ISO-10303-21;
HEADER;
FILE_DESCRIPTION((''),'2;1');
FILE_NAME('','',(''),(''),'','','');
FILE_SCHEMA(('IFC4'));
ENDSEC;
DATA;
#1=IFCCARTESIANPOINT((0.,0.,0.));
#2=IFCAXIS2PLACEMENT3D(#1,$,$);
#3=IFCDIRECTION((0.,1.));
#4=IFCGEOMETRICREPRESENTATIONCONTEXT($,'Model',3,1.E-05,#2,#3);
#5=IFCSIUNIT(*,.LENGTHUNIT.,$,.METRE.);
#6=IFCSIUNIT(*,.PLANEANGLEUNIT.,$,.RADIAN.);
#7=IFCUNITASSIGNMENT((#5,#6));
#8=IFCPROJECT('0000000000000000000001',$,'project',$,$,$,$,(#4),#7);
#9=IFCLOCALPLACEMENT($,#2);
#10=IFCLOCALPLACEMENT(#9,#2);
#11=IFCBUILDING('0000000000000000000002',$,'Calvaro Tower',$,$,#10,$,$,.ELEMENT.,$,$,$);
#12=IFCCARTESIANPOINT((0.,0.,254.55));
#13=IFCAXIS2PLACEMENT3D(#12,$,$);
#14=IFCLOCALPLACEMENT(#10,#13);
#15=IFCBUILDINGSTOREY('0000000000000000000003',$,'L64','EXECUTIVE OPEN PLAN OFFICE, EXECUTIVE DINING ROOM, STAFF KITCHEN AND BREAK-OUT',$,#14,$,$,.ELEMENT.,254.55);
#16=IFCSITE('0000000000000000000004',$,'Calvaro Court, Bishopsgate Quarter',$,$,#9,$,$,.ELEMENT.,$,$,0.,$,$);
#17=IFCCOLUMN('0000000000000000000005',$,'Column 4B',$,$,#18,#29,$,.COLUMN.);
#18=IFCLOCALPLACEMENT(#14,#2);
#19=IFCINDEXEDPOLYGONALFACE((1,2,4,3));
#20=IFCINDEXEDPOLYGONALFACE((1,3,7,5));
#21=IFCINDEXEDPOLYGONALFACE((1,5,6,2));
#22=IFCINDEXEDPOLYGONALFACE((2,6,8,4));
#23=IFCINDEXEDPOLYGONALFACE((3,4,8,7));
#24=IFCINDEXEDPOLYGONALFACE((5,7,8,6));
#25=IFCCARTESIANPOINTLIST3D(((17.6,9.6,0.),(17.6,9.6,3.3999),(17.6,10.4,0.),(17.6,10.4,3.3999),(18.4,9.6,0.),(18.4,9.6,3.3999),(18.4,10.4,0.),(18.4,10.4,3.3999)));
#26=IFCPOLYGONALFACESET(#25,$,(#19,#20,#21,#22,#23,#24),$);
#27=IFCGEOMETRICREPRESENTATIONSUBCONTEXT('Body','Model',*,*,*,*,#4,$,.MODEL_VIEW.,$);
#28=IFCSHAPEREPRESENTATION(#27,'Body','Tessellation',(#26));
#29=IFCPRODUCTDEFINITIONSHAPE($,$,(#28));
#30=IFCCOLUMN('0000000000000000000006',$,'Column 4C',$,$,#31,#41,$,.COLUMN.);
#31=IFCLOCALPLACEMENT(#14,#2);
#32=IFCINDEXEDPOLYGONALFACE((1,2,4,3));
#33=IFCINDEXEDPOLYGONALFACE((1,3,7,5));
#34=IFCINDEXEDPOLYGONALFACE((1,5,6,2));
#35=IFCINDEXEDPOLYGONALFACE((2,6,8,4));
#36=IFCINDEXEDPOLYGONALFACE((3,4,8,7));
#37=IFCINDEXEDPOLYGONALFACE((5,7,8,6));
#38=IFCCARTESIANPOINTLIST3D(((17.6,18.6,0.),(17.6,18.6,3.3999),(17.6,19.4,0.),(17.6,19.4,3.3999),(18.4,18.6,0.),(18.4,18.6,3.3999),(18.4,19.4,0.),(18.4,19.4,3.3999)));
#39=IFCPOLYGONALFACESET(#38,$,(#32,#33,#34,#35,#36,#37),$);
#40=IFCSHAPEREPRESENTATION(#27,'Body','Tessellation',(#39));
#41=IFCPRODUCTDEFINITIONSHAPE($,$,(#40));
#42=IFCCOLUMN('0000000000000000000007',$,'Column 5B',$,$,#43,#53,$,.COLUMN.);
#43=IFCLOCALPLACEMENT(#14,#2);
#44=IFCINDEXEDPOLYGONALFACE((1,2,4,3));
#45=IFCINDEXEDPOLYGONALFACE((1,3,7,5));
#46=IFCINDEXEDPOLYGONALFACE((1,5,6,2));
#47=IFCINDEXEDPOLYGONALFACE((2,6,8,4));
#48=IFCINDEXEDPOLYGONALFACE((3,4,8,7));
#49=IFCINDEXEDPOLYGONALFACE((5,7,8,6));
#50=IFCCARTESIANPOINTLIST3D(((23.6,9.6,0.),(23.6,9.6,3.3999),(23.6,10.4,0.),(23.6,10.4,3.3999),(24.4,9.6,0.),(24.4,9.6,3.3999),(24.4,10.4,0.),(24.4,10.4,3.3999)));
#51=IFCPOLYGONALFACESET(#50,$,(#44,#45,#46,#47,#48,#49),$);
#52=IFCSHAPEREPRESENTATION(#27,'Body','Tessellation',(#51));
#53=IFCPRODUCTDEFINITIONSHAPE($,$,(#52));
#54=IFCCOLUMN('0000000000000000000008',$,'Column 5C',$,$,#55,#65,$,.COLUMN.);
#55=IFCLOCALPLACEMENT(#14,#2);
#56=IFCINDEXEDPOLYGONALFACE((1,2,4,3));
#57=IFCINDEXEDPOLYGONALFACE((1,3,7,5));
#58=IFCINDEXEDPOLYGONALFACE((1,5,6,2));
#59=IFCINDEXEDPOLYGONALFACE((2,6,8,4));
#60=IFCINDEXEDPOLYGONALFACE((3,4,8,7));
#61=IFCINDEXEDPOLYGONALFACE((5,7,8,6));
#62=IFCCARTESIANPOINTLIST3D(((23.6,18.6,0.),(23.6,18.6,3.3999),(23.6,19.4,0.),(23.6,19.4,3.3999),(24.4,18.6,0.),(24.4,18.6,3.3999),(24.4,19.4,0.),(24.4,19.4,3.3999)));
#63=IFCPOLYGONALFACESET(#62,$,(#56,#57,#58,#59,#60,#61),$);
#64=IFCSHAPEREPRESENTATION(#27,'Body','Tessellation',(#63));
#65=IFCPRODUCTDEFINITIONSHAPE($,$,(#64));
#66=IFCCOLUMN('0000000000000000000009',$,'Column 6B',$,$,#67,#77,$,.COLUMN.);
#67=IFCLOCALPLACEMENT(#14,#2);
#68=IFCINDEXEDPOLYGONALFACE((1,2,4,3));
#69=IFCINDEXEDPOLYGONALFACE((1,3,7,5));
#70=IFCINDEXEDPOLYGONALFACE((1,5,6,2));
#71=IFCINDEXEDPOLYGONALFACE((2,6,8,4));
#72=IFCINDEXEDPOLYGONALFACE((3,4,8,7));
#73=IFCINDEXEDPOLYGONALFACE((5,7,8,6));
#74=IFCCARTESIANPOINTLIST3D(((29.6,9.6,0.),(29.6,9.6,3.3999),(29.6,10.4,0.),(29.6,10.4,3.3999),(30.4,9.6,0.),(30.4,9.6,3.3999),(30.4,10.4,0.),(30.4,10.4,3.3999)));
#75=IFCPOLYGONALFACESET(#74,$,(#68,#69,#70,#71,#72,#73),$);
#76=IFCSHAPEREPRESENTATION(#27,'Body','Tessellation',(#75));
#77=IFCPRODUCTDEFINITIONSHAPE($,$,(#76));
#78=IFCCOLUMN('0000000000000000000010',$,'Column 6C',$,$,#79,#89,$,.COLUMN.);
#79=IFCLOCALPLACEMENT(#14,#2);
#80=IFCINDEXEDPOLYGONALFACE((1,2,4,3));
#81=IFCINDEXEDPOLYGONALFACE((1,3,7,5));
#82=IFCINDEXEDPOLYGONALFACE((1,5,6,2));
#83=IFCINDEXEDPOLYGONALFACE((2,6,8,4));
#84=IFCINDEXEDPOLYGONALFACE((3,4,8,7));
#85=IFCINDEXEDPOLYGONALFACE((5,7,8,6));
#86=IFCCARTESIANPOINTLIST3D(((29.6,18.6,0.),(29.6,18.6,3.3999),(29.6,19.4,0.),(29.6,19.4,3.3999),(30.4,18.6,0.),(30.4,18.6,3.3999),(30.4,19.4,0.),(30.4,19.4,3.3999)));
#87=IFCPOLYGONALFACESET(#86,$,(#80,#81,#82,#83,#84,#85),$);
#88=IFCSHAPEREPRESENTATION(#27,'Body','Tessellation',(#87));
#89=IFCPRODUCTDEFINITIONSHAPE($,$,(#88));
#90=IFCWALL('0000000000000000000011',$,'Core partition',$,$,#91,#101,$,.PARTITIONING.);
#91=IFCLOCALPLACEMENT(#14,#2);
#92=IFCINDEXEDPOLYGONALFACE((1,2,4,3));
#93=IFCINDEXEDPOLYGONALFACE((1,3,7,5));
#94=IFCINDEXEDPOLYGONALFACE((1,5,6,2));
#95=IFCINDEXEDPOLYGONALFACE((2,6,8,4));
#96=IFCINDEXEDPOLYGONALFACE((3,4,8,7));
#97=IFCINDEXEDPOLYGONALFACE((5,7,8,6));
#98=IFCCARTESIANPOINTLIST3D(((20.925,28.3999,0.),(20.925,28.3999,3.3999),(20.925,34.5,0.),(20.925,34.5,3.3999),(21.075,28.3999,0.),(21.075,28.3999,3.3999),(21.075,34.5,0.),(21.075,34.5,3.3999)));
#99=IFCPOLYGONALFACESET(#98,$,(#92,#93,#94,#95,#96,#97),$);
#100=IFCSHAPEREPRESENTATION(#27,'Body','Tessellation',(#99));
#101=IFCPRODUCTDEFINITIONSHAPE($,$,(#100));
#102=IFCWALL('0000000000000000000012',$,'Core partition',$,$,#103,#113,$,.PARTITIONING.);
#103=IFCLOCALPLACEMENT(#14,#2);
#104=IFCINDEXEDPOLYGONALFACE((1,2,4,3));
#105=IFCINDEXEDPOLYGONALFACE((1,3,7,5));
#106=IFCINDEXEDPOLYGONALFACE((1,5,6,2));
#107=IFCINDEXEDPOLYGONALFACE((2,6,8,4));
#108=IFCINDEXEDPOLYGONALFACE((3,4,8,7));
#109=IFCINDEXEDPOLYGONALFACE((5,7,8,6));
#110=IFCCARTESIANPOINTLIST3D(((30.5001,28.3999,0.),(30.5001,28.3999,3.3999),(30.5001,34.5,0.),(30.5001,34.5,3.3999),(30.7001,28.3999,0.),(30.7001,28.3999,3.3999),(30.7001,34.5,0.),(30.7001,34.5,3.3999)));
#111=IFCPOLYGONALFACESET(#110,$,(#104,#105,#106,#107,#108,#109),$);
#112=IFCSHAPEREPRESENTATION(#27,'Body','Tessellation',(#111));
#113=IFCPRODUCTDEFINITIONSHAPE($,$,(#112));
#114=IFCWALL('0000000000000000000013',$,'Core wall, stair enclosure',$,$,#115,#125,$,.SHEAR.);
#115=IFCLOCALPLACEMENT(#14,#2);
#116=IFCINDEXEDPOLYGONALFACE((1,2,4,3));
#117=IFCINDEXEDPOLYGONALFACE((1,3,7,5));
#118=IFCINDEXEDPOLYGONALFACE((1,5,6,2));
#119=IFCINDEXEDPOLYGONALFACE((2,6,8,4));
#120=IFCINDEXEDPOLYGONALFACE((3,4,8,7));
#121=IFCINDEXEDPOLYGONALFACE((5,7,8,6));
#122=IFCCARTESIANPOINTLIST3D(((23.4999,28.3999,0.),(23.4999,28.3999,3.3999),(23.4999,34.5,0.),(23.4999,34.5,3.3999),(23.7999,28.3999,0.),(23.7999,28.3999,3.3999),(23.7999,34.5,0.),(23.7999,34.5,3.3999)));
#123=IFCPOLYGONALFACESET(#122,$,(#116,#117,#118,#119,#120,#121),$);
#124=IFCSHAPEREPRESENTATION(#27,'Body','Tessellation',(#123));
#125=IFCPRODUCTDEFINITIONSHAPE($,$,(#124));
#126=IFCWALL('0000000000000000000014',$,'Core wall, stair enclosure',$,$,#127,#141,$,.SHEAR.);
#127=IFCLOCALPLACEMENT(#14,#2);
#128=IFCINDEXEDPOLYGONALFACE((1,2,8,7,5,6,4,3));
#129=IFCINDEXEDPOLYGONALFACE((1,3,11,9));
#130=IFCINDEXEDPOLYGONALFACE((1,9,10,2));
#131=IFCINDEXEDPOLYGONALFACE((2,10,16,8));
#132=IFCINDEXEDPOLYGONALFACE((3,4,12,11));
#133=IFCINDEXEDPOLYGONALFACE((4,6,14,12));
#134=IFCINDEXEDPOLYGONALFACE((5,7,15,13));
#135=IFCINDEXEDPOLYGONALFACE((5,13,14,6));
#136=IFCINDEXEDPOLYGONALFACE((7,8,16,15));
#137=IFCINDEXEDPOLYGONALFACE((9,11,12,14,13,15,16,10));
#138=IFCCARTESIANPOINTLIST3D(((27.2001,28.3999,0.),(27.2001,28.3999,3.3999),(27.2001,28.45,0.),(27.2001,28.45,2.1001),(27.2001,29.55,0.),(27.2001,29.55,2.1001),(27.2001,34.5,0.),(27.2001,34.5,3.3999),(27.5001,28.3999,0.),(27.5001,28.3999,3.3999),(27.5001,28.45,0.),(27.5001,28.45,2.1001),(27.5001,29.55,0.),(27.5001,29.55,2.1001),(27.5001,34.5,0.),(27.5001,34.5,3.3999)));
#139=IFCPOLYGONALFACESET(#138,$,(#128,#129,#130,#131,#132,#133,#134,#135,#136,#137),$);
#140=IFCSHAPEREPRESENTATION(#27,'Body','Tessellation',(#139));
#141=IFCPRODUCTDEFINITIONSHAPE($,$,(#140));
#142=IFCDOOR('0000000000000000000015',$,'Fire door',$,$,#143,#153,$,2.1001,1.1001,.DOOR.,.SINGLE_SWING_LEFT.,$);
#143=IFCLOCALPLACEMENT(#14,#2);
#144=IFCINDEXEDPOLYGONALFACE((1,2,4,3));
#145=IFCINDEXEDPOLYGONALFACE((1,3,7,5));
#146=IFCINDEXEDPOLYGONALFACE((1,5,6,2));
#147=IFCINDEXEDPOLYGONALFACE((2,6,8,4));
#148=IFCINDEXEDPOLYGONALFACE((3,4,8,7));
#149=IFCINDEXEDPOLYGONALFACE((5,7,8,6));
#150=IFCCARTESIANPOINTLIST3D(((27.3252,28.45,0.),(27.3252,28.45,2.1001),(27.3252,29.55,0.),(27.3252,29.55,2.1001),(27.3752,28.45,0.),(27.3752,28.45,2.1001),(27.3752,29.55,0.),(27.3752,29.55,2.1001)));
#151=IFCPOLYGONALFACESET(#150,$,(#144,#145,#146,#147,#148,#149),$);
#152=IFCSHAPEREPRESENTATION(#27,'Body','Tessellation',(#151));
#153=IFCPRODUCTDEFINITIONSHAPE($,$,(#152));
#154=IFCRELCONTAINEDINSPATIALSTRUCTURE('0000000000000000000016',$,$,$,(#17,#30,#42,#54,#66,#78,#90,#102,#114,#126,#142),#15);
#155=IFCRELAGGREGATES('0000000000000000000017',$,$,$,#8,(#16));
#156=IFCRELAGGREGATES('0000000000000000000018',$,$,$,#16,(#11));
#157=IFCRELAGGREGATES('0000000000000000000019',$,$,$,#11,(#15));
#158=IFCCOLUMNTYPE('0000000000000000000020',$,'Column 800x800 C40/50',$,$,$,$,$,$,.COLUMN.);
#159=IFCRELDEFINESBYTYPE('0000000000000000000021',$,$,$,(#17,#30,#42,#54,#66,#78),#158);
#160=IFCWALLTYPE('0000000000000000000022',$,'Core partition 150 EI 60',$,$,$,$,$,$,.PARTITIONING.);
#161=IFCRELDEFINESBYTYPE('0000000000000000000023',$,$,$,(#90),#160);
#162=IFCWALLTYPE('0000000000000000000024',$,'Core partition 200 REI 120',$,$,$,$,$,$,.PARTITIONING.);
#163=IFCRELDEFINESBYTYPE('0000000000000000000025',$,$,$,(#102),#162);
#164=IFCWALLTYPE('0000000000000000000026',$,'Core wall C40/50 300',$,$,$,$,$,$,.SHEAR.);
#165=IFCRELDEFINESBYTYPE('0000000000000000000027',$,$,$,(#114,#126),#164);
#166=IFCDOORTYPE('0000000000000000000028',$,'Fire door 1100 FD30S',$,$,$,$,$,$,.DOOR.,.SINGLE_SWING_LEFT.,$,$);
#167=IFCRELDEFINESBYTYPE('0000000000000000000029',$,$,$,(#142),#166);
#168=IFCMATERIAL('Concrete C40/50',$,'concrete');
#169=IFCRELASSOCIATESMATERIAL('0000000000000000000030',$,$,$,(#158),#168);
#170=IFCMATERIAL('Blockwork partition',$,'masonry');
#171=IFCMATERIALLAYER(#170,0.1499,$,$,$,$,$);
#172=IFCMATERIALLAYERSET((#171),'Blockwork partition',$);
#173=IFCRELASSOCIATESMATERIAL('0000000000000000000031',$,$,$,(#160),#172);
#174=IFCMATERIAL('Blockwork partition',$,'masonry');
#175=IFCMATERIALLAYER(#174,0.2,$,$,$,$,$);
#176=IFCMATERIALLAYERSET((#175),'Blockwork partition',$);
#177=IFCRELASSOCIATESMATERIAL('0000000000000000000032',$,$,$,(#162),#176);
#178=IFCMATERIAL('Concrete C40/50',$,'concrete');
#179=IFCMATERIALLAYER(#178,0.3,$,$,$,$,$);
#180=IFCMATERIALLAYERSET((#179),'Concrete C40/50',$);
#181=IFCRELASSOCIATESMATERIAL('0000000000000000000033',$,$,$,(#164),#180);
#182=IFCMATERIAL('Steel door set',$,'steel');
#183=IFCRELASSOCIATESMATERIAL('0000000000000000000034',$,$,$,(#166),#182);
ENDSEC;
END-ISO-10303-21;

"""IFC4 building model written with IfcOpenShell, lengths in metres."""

from ifc_helpers import new_model, si_unit, direction, frame, frame_2d, origin, origin_2d, place, context, subcontext, project, spatial, rectangle, extrude, material, layer, layer_set, material_profile, profile_set, type_object, element, fill, save


model = new_model("IFC4")

# Units and contexts
model_context = context("Model", 3, precision=1e-05, world=origin(), true_north=direction((0.0, 1.0)))
body_context = subcontext(model_context, "Body", "Model", "MODEL_VIEW")
ifc_project = project(units=[si_unit("LENGTHUNIT", "METRE"), si_unit("PLANEANGLEUNIT", "RADIAN")], contexts=[model_context])

# Site, building, storey
site_placement = place(None, origin())
site = spatial("IfcSite", under=ifc_project, at=site_placement, Name="Calvaro Court, Bishopsgate Quarter", CompositionType="ELEMENT", RefElevation=0.0)
building_placement = place(site_placement, origin())
building = spatial("IfcBuilding", under=site, at=building_placement, Name="Calvaro Tower", CompositionType="ELEMENT")
storey_placement = place(building_placement, frame((0.0, 0.0, 254.55)))
storey = spatial("IfcBuildingStorey", under=building, at=storey_placement, Name="L64", Description="EXECUTIVE OPEN PLAN OFFICE, EXECUTIVE DINING ROOM, STAFF KITCHEN AND BREAK-OUT", CompositionType="ELEMENT", Elevation=254.55)

# Columns
ifc_material_1 = material(Name="Concrete C40/50", Category="concrete")
ifc_material_profile = material_profile(ifc_material_1, rectangle(XDim=0.8, YDim=0.8, at=origin_2d()), Name="RC 800x800")
ifc_profile_set = profile_set([ifc_material_profile], Name="Concrete C40/50")
column_type = type_object("IfcColumnType", Name="Column 800x800 C40/50", PredefinedType="COLUMN", material=ifc_profile_set)
for number, where, z_axis, x_axis, name in (
    (1, (18.0, 10.0, 0.0), (0.0, 0.0, 1.0), (1.0, 0.0, 0.0), "Column 4B"),
    (2, (18.0, 19.0, 0.0), (0.0, 0.0, 1.0), (1.0, 0.0, 0.0), "Column 4C"),
    (3, (24.0, 10.0, 0.0), (0.0, 0.0, 1.0), (1.0, 0.0, 0.0), "Column 5B"),
    (4, (24.0, 19.0, 0.0), (0.0, 0.0, 1.0), (1.0, 0.0, 0.0), "Column 5C"),
    (5, (30.0, 10.0, 0.0), (0.0, 0.0, 1.0), (1.0, 0.0, 0.0), "Column 6B"),
    (6, (30.0, 19.0, 0.0), (0.0, 0.0, 1.0), (1.0, 0.0, 0.0), "Column 6C"),
):
    element("IfcColumn", number, at=place(storey_placement, frame(where, z_axis=z_axis, x_axis=x_axis)), inside=storey, type_object=column_type, Name=name, PredefinedType="COLUMN", context=body_context, shape_type="SweptSolid", body=[
        extrude(rectangle(XDim=0.8, YDim=0.8, at=origin_2d()), origin(), (0.0, 0.0, 1.0), 3.3999),
    ])

# Walls
ifc_material_2 = material(Name="Blockwork partition", Category="masonry")
ifc_layer_1 = layer(ifc_material_2, 0.1499)
ifc_layer_set_1 = layer_set([ifc_layer_1], Name="Blockwork partition")
wall_type_1 = type_object("IfcWallType", Name="Core partition 150 EI 60", PredefinedType="PARTITIONING", material=ifc_layer_set_1)
wall_1_placement = place(storey_placement, frame((21.0, 28.3999, 0.0), z_axis=(0.0, 0.0, 1.0), x_axis=(0.0, 1.0, 0.0)))
element("IfcWall", 7, at=wall_1_placement, inside=storey, type_object=wall_type_1, Name="Core partition", PredefinedType="PARTITIONING", context=body_context, shape_type="SweptSolid", body=[
    extrude(rectangle(XDim=6.1001, YDim=0.1499, at=frame_2d((3.05, 0.0))), origin(), (0.0, 0.0, 1.0), 3.3999),
])
ifc_material_3 = material(Name="Blockwork partition", Category="masonry")
ifc_layer_2 = layer(ifc_material_3, 0.2)
ifc_layer_set_2 = layer_set([ifc_layer_2], Name="Blockwork partition")
wall_type_2 = type_object("IfcWallType", Name="Core partition 200 REI 120", PredefinedType="PARTITIONING", material=ifc_layer_set_2)
wall_2_placement = place(storey_placement, frame((30.6001, 28.3999, 0.0), z_axis=(0.0, 0.0, 1.0), x_axis=(0.0, 1.0, 0.0)))
element("IfcWall", 8, at=wall_2_placement, inside=storey, type_object=wall_type_2, Name="Core partition", PredefinedType="PARTITIONING", context=body_context, shape_type="SweptSolid", body=[
    extrude(rectangle(XDim=6.1001, YDim=0.2, at=frame_2d((3.05, 0.0))), origin(), (0.0, 0.0, 1.0), 3.3999),
])
ifc_material_4 = material(Name="Concrete C40/50", Category="concrete")
ifc_layer_3 = layer(ifc_material_4, 0.3)
ifc_layer_set_3 = layer_set([ifc_layer_3], Name="Concrete C40/50")
wall_type_3 = type_object("IfcWallType", Name="Core wall C40/50 300", PredefinedType="SHEAR", material=ifc_layer_set_3)
wall_3_placement = place(storey_placement, frame((23.6499, 28.3999, 0.0), z_axis=(0.0, 0.0, 1.0), x_axis=(0.0, 1.0, 0.0)))
element("IfcWall", 9, at=wall_3_placement, inside=storey, type_object=wall_type_3, Name="Core wall, stair enclosure", PredefinedType="SHEAR", context=body_context, shape_type="SweptSolid", body=[
    extrude(rectangle(XDim=6.1001, YDim=0.3, at=frame_2d((3.05, 0.0))), origin(), (0.0, 0.0, 1.0), 3.3999),
])

# Wall, opening, door
wall_4_placement = place(storey_placement, frame((27.3501, 28.3999, 0.0), z_axis=(0.0, 0.0, 1.0), x_axis=(0.0, 1.0, 0.0)))
wall_4 = element("IfcWall", 10, at=wall_4_placement, inside=storey, type_object=wall_type_3, Name="Core wall, stair enclosure", PredefinedType="SHEAR", context=body_context, shape_type="SweptSolid", body=[
    extrude(rectangle(XDim=6.1001, YDim=0.3, at=frame_2d((3.05, 0.0))), origin(), (0.0, 0.0, 1.0), 3.3999),
])
opening_1_placement = place(wall_4_placement, frame((0.05, 0.0, 0.0)))
opening_1 = element("IfcOpeningElement", 11, at=opening_1_placement, cuts=wall_4, PredefinedType="OPENING", context=body_context, shape_type="SweptSolid", body=[
    extrude(rectangle(XDim=1.1001, YDim=2.1001, at=frame_2d((0.55, 1.05))), frame((0.0, 0.1599, 0.0), z_axis=(0.0, -1.0, 0.0), x_axis=(1.0, 0.0, 0.0)), (0.0, 0.0, 1.0), 0.3201),
])
ifc_material_5 = material(Name="Steel door set", Category="steel")
door_type_1 = type_object("IfcDoorType", Name="Fire door 1100 FD30S", OperationType="SINGLE_SWING_LEFT", PredefinedType="DOOR", material=ifc_material_5)
door_1_placement = place(opening_1_placement, origin())
door_1 = element("IfcDoor", 12, at=door_1_placement, inside=storey, type_object=door_type_1, Name="Fire door", OperationType="SINGLE_SWING_LEFT", OverallHeight=2.1001, OverallWidth=1.1001, PredefinedType="DOOR", context=body_context, shape_type="SweptSolid", body=[
    extrude(rectangle(XDim=1.1001, YDim=2.1001, at=frame_2d((0.55, 1.05))), frame((0.0, 0.0249, 0.0), z_axis=(0.0, -1.0, 0.0), x_axis=(1.0, 0.0, 0.0)), (0.0, 0.0, 1.0), 0.05),
])
fill(opening_1, door_1)

save(model, "model.ifc")
